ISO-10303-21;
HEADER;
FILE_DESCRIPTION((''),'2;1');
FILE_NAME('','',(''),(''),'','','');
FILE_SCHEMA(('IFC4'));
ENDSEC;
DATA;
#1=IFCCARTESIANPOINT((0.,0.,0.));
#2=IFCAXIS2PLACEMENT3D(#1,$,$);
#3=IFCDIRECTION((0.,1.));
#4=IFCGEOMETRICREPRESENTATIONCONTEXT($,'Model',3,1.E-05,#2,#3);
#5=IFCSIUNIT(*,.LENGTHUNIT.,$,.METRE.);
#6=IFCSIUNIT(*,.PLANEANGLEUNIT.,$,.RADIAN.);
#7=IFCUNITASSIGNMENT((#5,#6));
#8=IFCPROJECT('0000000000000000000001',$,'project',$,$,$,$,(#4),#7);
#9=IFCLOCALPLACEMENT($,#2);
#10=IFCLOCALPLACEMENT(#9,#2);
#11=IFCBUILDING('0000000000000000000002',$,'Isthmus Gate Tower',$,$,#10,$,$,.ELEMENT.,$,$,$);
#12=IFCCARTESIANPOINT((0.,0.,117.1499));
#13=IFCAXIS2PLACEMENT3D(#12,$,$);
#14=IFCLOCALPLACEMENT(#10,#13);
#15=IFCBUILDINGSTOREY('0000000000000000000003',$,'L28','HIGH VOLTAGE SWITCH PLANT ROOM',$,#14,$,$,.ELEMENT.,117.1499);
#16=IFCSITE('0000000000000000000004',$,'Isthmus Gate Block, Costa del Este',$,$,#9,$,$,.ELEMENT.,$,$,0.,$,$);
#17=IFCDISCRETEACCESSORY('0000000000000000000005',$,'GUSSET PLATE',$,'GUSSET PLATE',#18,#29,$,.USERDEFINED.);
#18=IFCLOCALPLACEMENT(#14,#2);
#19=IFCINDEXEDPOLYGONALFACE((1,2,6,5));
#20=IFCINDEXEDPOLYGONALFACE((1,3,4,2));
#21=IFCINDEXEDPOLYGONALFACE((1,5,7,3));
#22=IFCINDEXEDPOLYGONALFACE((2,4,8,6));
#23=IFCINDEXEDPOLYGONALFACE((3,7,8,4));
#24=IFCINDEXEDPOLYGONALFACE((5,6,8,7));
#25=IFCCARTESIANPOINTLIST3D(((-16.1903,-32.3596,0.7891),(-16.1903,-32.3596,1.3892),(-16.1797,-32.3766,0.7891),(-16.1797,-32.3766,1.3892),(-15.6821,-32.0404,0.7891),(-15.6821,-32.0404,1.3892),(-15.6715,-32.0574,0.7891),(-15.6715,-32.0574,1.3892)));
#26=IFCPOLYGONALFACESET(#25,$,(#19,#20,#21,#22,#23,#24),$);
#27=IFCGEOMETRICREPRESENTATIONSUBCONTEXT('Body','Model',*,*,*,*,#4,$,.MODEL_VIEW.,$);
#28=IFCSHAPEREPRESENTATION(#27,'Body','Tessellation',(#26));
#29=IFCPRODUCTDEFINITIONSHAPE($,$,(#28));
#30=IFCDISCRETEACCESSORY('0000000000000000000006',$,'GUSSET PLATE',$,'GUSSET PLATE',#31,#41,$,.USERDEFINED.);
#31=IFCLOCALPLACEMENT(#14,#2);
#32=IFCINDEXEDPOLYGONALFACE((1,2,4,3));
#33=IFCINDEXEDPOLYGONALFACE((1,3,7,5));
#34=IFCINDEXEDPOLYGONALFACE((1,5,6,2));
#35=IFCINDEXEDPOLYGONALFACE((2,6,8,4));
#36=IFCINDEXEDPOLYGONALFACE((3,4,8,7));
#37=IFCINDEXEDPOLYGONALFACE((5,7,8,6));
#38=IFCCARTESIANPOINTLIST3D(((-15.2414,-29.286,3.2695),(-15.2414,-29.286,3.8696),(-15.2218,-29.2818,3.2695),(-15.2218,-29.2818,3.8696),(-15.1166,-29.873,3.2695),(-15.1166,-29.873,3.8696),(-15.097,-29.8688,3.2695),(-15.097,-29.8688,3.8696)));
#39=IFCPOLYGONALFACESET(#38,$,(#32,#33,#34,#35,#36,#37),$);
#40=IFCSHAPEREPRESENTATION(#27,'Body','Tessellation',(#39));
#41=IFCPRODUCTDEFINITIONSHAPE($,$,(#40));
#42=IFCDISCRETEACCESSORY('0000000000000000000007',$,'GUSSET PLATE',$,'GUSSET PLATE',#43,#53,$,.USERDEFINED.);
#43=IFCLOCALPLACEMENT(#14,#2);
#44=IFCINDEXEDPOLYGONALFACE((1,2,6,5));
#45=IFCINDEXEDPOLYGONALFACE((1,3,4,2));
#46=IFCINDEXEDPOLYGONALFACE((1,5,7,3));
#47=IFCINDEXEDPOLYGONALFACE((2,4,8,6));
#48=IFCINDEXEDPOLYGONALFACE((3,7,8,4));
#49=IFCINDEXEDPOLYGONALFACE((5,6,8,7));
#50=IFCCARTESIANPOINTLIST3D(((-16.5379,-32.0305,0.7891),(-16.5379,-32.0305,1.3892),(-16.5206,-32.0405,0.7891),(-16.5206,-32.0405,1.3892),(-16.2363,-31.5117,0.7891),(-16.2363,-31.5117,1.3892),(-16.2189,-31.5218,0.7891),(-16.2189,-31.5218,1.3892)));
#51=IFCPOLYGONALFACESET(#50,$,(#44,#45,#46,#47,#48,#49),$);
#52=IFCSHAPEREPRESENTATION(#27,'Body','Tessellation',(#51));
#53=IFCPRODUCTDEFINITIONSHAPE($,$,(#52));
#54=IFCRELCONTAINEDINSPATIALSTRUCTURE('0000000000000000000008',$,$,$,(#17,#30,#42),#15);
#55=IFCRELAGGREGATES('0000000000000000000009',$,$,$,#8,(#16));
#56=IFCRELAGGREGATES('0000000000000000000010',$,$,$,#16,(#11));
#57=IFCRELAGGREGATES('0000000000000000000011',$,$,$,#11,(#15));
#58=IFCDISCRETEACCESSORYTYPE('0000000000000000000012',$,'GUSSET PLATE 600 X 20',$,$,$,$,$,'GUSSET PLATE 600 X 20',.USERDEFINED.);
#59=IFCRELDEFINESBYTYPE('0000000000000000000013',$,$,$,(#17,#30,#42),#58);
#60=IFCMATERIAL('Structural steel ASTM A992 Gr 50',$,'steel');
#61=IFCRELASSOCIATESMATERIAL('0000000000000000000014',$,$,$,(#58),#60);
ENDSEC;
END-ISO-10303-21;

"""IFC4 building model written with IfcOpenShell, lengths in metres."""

from ifc_helpers import new_model, si_unit, direction, frame, origin, origin_2d, place, context, subcontext, project, spatial, rectangle, extrude, material, type_object, element, save


model = new_model("IFC4")

# Units and contexts
model_context = context("Model", 3, precision=1e-05, world=origin(), true_north=direction((0.0, 1.0)))
body_context = subcontext(model_context, "Body", "Model", "MODEL_VIEW")
ifc_project = project(units=[si_unit("LENGTHUNIT", "METRE"), si_unit("PLANEANGLEUNIT", "RADIAN")], contexts=[model_context])

# Site, building, storey
site_placement = place(None, origin())
site = spatial("IfcSite", under=ifc_project, at=site_placement, Name="Isthmus Gate Block, Costa del Este", CompositionType="ELEMENT", RefElevation=0.0)
building_placement = place(site_placement, origin())
building = spatial("IfcBuilding", under=site, at=building_placement, Name="Isthmus Gate Tower", CompositionType="ELEMENT")
storey_placement = place(building_placement, frame((0.0, 0.0, 117.1499)))
storey = spatial("IfcBuildingStorey", under=building, at=storey_placement, Name="L28", Description="HIGH VOLTAGE SWITCH PLANT ROOM", CompositionType="ELEMENT", Elevation=117.1499)

# Discrete accessories
ifc_material_1 = material(Name="Structural steel ASTM A992 Gr 50", Category="steel")
discrete_accessory_type_1 = type_object("IfcDiscreteAccessoryType", Name="GUSSET PLATE 600 X 20", ElementType="GUSSET PLATE 600 X 20", PredefinedType="USERDEFINED", material=ifc_material_1)
for number, where, z_axis, x_axis, name in (
    (1, (-15.9309, -32.2085, 0.7891), (0.0, 0.0, 1.0), (0.84684, 0.531847, 0.0), "GUSSET PLATE"),
    (2, (-15.1692, -29.5774, 3.2695), (0.0, 0.0, 1.0), (-0.207912, 0.978148, 0.0), "GUSSET PLATE"),
    (3, (-16.3784, -31.7761, 0.7891), (0.0, 0.0, 1.0), (0.502638, 0.864497, 0.0), "GUSSET PLATE"),
):
    element("IfcDiscreteAccessory", number, at=place(storey_placement, frame(where, z_axis=z_axis, x_axis=x_axis)), inside=storey, type_object=discrete_accessory_type_1, Name=name, ObjectType="GUSSET PLATE", PredefinedType="USERDEFINED", context=body_context, shape_type="SweptSolid", body=[
        extrude(rectangle(XDim=0.6001, YDim=0.02, at=origin_2d()), origin(), (0.0, 0.0, 1.0), 0.6001),
    ])

save(model, "model.ifc")
